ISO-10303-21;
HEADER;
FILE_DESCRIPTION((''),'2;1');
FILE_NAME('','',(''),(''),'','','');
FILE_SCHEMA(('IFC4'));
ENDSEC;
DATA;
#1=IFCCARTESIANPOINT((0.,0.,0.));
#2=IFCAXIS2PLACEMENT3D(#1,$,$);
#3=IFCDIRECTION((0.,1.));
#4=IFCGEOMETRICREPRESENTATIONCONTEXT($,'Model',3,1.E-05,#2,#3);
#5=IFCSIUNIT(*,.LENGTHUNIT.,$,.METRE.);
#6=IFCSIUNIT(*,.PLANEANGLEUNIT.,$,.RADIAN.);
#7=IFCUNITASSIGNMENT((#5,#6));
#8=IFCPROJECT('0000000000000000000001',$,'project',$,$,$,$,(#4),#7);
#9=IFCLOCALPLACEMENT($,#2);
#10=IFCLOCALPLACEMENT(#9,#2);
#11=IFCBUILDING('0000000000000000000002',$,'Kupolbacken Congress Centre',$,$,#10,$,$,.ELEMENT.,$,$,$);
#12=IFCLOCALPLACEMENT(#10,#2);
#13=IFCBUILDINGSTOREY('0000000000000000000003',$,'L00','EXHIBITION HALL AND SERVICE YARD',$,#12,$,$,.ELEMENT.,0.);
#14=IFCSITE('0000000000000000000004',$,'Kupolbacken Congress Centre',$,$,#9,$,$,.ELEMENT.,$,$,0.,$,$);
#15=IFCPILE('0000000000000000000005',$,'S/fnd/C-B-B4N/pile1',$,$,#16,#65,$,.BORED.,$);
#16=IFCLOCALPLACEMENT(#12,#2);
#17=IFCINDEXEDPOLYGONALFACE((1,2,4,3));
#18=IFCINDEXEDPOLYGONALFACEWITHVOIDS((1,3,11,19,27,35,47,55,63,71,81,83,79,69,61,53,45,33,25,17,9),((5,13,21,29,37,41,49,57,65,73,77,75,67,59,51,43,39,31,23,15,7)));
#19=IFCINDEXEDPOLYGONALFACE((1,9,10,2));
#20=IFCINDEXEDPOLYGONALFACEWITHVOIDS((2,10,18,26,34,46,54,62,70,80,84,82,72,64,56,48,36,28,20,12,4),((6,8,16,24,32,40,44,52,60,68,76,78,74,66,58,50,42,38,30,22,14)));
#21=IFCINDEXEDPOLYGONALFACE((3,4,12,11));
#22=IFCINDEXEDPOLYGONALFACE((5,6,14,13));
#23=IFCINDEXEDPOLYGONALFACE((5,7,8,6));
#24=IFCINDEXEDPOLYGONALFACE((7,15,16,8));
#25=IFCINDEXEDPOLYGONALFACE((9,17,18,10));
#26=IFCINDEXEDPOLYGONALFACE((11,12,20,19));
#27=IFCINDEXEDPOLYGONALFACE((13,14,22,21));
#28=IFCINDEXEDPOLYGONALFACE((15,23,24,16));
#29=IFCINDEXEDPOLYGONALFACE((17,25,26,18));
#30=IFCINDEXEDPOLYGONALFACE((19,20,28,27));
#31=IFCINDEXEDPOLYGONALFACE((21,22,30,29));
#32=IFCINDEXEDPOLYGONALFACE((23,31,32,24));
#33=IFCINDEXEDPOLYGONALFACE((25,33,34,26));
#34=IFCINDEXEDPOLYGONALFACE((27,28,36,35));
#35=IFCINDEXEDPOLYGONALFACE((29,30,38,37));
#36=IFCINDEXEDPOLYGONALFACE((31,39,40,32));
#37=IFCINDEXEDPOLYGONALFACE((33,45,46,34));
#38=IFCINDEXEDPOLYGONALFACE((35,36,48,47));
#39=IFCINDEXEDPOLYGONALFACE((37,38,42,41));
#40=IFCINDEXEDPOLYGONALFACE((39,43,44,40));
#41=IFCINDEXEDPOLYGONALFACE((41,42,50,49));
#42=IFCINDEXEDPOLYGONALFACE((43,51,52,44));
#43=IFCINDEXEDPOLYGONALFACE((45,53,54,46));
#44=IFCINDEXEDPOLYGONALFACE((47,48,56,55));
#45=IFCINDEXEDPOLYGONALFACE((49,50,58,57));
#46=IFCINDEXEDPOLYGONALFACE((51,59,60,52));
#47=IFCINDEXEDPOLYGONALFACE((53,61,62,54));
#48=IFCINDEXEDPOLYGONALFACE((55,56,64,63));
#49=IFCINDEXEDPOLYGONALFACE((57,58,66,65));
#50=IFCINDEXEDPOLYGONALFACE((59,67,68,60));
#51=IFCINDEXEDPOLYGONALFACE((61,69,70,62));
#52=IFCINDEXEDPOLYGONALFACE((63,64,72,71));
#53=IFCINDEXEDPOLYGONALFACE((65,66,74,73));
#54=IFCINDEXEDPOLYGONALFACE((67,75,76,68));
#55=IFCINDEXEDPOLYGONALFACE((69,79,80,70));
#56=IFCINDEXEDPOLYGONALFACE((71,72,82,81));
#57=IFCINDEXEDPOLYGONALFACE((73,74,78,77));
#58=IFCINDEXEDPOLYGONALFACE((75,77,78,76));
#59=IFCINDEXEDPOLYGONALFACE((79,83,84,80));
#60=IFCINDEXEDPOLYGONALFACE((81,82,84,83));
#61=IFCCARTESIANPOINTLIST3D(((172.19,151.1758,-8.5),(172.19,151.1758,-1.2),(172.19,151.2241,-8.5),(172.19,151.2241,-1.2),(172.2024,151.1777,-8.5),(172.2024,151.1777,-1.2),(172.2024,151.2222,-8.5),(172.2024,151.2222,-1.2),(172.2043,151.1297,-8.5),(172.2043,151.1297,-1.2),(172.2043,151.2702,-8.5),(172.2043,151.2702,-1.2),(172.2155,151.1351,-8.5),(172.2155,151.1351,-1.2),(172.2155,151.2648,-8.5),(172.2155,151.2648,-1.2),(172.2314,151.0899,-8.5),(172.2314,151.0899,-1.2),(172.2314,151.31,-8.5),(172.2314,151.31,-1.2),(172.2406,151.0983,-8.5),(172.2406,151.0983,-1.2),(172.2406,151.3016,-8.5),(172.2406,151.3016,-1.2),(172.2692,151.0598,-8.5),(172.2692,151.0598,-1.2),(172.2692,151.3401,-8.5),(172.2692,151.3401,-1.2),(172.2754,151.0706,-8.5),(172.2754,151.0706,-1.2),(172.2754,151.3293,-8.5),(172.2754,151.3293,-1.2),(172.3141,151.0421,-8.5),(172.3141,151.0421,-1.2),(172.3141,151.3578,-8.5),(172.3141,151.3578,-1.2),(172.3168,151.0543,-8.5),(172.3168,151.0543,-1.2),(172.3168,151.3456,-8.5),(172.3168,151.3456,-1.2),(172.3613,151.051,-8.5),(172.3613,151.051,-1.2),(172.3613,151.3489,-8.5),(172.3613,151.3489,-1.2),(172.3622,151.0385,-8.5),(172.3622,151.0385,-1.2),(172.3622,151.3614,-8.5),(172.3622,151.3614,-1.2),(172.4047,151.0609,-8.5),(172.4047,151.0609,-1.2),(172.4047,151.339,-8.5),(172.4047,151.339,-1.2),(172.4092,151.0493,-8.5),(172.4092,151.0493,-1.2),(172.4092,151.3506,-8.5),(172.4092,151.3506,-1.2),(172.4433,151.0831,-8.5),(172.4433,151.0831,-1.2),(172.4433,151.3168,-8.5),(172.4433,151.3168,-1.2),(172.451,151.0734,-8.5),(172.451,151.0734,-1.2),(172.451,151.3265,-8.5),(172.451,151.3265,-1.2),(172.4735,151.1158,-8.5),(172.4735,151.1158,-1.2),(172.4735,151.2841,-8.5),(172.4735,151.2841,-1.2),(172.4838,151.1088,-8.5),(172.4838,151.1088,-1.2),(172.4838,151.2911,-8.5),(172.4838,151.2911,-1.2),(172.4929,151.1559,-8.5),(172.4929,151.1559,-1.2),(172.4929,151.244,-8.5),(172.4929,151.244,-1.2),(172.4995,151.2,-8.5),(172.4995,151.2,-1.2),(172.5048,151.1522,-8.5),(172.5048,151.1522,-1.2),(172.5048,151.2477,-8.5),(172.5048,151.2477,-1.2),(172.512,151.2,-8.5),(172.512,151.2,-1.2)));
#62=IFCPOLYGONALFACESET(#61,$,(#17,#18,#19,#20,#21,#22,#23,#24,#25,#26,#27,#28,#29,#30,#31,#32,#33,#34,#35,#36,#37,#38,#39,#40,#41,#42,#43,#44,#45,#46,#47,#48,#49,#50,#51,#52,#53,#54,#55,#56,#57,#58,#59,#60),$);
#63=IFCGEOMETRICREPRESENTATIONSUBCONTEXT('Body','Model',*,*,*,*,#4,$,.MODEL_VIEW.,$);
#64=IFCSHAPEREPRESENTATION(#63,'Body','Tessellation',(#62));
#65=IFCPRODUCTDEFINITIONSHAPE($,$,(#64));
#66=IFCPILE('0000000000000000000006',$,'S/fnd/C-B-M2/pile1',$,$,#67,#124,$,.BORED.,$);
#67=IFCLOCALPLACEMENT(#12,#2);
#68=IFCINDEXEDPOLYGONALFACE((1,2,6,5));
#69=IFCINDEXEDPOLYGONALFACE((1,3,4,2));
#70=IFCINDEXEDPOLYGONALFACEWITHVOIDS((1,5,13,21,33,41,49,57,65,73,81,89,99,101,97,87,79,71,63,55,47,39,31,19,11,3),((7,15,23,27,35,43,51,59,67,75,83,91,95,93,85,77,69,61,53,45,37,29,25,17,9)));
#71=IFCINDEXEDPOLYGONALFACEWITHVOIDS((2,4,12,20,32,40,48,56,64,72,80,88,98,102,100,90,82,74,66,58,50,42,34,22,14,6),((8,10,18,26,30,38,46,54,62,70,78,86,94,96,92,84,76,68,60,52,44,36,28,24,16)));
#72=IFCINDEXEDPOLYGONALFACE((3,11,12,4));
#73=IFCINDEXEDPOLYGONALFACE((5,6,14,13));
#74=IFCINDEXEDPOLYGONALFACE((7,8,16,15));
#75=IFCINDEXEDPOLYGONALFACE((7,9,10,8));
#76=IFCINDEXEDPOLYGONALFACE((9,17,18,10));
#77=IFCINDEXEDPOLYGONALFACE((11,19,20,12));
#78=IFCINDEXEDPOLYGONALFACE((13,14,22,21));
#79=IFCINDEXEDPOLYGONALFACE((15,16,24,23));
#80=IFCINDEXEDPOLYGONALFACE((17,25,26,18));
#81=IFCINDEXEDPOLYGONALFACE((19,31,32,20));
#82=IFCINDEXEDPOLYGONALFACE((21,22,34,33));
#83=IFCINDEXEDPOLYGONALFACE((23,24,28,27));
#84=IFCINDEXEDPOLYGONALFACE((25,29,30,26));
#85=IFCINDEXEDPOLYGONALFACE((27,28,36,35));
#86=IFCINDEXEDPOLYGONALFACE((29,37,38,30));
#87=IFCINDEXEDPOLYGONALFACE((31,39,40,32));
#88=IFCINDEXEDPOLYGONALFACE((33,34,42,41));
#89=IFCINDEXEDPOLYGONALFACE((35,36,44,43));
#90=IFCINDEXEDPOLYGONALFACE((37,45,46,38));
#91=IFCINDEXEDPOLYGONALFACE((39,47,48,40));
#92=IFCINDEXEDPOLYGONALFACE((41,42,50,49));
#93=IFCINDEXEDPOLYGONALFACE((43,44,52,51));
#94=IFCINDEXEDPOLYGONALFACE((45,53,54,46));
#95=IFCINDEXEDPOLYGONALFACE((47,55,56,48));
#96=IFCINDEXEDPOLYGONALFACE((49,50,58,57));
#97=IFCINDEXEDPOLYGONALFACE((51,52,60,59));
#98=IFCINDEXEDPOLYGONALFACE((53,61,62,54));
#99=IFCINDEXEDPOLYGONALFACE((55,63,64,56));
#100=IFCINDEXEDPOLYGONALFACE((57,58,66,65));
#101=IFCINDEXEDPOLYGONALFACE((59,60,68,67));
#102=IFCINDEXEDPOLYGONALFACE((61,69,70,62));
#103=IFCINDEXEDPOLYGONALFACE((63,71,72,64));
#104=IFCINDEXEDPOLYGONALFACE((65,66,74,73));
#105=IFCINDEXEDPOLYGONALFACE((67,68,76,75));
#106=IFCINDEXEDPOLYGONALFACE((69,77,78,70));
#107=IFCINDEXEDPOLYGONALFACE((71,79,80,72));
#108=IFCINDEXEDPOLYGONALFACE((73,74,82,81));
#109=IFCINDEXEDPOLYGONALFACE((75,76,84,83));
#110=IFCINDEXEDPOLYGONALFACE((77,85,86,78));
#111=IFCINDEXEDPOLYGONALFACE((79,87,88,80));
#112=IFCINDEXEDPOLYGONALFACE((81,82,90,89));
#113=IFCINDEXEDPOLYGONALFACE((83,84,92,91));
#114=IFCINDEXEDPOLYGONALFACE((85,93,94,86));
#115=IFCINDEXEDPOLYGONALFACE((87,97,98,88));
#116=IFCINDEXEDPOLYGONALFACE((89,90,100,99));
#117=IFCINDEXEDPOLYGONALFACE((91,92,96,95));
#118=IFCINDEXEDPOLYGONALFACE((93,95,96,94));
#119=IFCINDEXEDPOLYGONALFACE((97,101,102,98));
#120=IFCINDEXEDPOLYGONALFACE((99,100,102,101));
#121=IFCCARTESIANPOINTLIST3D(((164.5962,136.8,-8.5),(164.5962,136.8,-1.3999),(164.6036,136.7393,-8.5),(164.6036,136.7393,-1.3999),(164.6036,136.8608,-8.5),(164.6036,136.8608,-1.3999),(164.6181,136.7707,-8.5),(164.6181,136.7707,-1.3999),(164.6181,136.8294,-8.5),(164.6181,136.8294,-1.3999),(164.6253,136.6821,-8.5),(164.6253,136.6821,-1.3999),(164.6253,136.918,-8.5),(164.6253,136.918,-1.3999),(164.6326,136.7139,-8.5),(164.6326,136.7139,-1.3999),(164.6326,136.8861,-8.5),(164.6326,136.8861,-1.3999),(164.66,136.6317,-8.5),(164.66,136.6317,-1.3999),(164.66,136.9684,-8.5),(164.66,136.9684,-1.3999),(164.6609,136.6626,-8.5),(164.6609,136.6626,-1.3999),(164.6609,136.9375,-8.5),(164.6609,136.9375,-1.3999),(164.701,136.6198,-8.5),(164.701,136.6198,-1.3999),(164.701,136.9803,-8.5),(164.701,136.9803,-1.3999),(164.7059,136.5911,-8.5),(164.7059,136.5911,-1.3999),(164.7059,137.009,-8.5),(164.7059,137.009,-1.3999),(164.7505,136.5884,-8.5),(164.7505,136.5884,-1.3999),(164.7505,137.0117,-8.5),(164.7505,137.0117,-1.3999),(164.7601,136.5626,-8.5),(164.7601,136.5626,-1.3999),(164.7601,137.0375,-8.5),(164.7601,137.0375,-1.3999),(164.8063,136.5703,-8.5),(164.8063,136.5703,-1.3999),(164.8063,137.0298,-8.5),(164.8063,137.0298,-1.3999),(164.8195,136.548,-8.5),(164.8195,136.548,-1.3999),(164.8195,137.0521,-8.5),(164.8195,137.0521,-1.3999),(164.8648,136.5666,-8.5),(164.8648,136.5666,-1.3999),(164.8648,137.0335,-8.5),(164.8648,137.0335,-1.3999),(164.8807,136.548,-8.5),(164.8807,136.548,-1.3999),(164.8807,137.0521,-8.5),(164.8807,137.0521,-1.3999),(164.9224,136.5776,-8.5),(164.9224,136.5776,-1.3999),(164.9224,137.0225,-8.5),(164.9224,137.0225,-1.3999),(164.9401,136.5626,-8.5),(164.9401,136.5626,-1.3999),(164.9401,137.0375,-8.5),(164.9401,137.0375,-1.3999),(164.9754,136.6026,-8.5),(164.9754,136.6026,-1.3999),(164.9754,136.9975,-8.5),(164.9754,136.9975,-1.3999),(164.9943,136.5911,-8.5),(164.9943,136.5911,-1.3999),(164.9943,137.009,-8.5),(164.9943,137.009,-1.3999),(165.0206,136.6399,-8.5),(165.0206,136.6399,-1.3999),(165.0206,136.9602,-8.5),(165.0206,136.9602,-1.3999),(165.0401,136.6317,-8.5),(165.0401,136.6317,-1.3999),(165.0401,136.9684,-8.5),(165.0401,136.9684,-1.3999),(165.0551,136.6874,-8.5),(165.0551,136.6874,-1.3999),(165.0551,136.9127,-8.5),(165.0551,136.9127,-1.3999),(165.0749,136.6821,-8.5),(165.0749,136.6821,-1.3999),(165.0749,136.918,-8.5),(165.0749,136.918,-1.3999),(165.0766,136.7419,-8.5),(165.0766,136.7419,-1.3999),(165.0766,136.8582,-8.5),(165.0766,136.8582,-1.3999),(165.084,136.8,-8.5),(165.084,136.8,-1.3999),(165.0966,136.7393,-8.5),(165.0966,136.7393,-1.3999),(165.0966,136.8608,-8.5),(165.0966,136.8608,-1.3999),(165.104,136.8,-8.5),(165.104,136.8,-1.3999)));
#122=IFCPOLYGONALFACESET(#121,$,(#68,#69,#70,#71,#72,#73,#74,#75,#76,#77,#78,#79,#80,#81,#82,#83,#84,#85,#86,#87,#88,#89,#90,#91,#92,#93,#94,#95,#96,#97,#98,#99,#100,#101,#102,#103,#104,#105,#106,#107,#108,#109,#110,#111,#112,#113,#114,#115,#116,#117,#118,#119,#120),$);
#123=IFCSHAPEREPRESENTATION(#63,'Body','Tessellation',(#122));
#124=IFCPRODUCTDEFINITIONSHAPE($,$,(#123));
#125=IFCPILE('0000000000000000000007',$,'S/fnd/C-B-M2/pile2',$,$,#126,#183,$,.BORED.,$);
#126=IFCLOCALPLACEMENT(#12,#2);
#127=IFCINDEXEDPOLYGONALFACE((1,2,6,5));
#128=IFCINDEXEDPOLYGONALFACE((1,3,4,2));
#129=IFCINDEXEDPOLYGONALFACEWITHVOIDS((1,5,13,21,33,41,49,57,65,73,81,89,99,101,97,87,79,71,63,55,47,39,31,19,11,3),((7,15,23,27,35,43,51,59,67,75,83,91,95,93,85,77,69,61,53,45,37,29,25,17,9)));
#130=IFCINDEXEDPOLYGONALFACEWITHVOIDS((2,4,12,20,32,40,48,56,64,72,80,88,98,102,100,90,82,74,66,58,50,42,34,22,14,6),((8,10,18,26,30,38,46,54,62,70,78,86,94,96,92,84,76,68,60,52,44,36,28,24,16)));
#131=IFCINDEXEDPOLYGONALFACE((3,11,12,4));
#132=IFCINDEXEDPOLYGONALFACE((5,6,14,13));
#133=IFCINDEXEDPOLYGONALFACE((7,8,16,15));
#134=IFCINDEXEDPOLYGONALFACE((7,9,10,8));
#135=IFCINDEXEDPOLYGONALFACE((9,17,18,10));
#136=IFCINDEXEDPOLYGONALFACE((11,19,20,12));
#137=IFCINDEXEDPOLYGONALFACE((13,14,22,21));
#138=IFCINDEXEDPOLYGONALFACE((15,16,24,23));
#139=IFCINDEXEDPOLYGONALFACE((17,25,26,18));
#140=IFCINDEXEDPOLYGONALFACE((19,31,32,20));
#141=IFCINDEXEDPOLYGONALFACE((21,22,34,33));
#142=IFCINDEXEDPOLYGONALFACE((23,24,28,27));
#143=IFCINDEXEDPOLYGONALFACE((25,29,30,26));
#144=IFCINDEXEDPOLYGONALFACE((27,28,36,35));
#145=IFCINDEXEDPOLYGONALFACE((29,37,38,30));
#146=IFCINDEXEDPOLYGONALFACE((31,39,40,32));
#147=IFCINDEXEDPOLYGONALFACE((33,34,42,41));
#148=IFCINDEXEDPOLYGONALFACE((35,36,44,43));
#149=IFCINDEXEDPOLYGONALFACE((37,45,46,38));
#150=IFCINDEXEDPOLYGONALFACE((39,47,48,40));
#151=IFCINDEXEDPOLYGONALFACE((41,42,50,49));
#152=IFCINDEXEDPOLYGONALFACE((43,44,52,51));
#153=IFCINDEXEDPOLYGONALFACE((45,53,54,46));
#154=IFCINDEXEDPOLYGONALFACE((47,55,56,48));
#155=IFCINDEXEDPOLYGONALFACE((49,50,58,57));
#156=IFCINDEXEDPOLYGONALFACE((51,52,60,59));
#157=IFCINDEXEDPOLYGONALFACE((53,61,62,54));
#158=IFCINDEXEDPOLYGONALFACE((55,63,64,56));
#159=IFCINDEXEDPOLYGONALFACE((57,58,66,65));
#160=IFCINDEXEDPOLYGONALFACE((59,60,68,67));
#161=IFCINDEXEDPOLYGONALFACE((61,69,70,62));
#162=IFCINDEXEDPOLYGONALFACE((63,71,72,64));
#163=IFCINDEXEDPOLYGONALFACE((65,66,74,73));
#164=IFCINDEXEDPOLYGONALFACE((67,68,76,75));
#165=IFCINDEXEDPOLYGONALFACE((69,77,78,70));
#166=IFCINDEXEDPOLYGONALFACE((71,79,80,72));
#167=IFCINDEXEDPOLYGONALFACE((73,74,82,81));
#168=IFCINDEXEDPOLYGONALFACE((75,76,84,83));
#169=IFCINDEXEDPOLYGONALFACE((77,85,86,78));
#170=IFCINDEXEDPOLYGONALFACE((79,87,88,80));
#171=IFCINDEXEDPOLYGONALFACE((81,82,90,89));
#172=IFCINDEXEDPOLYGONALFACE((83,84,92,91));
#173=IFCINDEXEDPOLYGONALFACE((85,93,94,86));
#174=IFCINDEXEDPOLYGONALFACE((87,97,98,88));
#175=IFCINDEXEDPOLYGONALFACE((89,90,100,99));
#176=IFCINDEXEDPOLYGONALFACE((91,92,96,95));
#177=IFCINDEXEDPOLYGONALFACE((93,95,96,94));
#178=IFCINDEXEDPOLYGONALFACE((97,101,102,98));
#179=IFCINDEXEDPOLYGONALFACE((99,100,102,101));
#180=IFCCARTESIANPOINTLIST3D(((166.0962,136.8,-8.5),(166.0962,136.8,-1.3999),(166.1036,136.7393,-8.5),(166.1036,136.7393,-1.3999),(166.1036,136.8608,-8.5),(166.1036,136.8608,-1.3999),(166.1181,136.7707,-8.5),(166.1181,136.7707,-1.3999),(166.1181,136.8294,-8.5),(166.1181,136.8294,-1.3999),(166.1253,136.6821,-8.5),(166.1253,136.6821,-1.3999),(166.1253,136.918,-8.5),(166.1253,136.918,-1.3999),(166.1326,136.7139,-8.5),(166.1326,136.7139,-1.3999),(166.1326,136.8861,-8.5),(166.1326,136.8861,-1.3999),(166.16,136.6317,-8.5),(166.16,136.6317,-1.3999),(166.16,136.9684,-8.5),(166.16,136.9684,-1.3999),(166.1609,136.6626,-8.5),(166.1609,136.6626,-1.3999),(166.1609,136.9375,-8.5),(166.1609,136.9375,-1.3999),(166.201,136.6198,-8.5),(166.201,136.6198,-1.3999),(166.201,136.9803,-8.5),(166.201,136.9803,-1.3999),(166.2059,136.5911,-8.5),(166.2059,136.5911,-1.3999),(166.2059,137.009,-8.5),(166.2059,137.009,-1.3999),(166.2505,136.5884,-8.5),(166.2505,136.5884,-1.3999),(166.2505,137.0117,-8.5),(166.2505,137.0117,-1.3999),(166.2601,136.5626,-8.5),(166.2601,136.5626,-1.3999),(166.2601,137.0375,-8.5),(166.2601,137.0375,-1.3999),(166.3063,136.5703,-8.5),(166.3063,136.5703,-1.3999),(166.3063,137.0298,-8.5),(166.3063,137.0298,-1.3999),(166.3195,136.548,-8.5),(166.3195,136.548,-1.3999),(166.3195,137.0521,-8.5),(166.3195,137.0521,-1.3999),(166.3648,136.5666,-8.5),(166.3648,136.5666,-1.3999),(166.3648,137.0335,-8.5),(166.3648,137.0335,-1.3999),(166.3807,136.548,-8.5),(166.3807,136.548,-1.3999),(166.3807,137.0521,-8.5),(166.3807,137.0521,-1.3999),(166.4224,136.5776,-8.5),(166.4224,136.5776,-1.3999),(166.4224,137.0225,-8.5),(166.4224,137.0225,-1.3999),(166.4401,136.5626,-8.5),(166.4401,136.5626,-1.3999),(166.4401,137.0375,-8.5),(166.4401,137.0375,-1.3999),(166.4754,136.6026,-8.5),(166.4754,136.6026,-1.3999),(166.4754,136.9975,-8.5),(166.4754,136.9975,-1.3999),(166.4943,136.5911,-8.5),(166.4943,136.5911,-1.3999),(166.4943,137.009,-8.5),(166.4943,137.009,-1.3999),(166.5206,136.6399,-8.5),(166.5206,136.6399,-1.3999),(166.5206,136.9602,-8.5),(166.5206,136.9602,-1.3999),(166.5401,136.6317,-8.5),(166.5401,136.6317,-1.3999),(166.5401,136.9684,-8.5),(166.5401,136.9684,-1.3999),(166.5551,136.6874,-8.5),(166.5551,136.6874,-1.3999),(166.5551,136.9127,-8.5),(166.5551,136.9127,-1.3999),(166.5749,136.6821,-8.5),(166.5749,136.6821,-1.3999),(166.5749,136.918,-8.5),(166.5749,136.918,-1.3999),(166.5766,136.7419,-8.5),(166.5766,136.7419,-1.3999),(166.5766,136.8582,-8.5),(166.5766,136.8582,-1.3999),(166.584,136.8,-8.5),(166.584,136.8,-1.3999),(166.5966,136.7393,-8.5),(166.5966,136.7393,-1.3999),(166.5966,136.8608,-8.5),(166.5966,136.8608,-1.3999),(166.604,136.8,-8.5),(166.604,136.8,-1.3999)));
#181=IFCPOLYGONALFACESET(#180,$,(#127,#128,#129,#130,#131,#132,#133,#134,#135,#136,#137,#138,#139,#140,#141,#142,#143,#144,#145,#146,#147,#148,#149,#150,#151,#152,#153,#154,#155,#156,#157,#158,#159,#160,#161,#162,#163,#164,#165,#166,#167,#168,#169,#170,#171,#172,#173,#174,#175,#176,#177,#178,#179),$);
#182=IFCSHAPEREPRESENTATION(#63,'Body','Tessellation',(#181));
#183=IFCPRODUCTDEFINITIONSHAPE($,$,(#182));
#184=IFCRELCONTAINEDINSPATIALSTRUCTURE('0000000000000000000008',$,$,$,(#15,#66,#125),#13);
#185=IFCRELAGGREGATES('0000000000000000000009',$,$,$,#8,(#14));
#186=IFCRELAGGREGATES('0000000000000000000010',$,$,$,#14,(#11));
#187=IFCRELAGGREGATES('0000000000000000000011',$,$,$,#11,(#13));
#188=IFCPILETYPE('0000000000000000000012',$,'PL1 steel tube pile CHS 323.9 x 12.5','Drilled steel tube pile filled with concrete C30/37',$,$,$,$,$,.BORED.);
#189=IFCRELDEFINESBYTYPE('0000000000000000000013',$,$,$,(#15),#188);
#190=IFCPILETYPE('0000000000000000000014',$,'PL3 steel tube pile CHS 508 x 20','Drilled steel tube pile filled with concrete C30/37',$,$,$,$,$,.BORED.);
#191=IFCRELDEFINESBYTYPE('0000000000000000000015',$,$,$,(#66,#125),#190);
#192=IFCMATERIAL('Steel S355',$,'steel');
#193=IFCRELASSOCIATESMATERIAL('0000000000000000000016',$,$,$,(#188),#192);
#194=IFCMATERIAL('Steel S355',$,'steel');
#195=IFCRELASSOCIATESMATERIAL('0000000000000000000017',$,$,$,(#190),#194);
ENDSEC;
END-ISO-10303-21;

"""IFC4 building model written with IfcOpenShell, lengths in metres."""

from ifc_helpers import new_model, si_unit, direction, frame, origin, origin_2d, place, context, subcontext, project, spatial, hollow_circle, extrude, material, material_profile, profile_set, type_object, element, save


model = new_model("IFC4")

# Units and contexts
model_context = context("Model", 3, precision=1e-05, world=origin(), true_north=direction((0.0, 1.0)))
body_context = subcontext(model_context, "Body", "Model", "MODEL_VIEW")
ifc_project = project(units=[si_unit("LENGTHUNIT", "METRE"), si_unit("PLANEANGLEUNIT", "RADIAN")], contexts=[model_context])

# Site, building, storey
site_placement = place(None, origin())
site = spatial("IfcSite", under=ifc_project, at=site_placement, Name="Kupolbacken Congress Centre", CompositionType="ELEMENT", RefElevation=0.0)
building_placement = place(site_placement, origin())
building = spatial("IfcBuilding", under=site, at=building_placement, Name="Kupolbacken Congress Centre", CompositionType="ELEMENT")
storey_placement = place(building_placement, origin())
storey = spatial("IfcBuildingStorey", under=building, at=storey_placement, Name="L00", Description="EXHIBITION HALL AND SERVICE YARD", CompositionType="ELEMENT", Elevation=0.0)

# Piles
ifc_material_1 = material(Name="Steel S355", Category="steel")
ifc_material_profile_1 = material_profile(ifc_material_1, hollow_circle(Radius=0.1619, WallThickness=0.0125, at=origin_2d()), Name="CHS 323.9 x 12.5")
ifc_profile_set_1 = profile_set([ifc_material_profile_1], Name="Steel S355")
pile_type_1 = type_object("IfcPileType", Name="PL1 steel tube pile CHS 323.9 x 12.5", Description="Drilled steel tube pile filled with concrete C30/37", PredefinedType="BORED", material=ifc_profile_set_1)
for number, where, z_axis, x_axis, name in (
    (1, (172.3501, 151.2, -1.2), (0.0, 0.0, -1.0), (1.0, 0.0, 0.0), "S/fnd/C-B-B4N/pile1"),
):
    element("IfcPile", number, at=place(storey_placement, frame(where, z_axis=z_axis, x_axis=x_axis)), inside=storey, type_object=pile_type_1, Name=name, PredefinedType="BORED", context=body_context, shape_type="SweptSolid", body=[
        extrude(hollow_circle(Radius=0.1619, WallThickness=0.0125, at=origin_2d()), origin(), (0.0, 0.0, 1.0), 7.3),
    ])
ifc_material_2 = material(Name="Steel S355", Category="steel")
ifc_material_profile_2 = material_profile(ifc_material_2, hollow_circle(Radius=0.2539, WallThickness=0.02, at=origin_2d()), Name="CHS 508 x 20")
ifc_profile_set_2 = profile_set([ifc_material_profile_2], Name="Steel S355")
pile_type_2 = type_object("IfcPileType", Name="PL3 steel tube pile CHS 508 x 20", Description="Drilled steel tube pile filled with concrete C30/37", PredefinedType="BORED", material=ifc_profile_set_2)
for number, where, z_axis, x_axis, name in (
    (2, (164.8501, 136.8, -1.3999), (0.0, 0.0, -1.0), (1.0, 0.0, 0.0), "S/fnd/C-B-M2/pile1"),
    (3, (166.3501, 136.8, -1.3999), (0.0, 0.0, -1.0), (1.0, 0.0, 0.0), "S/fnd/C-B-M2/pile2"),
):
    element("IfcPile", number, at=place(storey_placement, frame(where, z_axis=z_axis, x_axis=x_axis)), inside=storey, type_object=pile_type_2, Name=name, PredefinedType="BORED", context=body_context, shape_type="SweptSolid", body=[
        extrude(hollow_circle(Radius=0.2539, WallThickness=0.02, at=origin_2d()), origin(), (0.0, 0.0, 1.0), 7.1001),
    ])

save(model, "model.ifc")
